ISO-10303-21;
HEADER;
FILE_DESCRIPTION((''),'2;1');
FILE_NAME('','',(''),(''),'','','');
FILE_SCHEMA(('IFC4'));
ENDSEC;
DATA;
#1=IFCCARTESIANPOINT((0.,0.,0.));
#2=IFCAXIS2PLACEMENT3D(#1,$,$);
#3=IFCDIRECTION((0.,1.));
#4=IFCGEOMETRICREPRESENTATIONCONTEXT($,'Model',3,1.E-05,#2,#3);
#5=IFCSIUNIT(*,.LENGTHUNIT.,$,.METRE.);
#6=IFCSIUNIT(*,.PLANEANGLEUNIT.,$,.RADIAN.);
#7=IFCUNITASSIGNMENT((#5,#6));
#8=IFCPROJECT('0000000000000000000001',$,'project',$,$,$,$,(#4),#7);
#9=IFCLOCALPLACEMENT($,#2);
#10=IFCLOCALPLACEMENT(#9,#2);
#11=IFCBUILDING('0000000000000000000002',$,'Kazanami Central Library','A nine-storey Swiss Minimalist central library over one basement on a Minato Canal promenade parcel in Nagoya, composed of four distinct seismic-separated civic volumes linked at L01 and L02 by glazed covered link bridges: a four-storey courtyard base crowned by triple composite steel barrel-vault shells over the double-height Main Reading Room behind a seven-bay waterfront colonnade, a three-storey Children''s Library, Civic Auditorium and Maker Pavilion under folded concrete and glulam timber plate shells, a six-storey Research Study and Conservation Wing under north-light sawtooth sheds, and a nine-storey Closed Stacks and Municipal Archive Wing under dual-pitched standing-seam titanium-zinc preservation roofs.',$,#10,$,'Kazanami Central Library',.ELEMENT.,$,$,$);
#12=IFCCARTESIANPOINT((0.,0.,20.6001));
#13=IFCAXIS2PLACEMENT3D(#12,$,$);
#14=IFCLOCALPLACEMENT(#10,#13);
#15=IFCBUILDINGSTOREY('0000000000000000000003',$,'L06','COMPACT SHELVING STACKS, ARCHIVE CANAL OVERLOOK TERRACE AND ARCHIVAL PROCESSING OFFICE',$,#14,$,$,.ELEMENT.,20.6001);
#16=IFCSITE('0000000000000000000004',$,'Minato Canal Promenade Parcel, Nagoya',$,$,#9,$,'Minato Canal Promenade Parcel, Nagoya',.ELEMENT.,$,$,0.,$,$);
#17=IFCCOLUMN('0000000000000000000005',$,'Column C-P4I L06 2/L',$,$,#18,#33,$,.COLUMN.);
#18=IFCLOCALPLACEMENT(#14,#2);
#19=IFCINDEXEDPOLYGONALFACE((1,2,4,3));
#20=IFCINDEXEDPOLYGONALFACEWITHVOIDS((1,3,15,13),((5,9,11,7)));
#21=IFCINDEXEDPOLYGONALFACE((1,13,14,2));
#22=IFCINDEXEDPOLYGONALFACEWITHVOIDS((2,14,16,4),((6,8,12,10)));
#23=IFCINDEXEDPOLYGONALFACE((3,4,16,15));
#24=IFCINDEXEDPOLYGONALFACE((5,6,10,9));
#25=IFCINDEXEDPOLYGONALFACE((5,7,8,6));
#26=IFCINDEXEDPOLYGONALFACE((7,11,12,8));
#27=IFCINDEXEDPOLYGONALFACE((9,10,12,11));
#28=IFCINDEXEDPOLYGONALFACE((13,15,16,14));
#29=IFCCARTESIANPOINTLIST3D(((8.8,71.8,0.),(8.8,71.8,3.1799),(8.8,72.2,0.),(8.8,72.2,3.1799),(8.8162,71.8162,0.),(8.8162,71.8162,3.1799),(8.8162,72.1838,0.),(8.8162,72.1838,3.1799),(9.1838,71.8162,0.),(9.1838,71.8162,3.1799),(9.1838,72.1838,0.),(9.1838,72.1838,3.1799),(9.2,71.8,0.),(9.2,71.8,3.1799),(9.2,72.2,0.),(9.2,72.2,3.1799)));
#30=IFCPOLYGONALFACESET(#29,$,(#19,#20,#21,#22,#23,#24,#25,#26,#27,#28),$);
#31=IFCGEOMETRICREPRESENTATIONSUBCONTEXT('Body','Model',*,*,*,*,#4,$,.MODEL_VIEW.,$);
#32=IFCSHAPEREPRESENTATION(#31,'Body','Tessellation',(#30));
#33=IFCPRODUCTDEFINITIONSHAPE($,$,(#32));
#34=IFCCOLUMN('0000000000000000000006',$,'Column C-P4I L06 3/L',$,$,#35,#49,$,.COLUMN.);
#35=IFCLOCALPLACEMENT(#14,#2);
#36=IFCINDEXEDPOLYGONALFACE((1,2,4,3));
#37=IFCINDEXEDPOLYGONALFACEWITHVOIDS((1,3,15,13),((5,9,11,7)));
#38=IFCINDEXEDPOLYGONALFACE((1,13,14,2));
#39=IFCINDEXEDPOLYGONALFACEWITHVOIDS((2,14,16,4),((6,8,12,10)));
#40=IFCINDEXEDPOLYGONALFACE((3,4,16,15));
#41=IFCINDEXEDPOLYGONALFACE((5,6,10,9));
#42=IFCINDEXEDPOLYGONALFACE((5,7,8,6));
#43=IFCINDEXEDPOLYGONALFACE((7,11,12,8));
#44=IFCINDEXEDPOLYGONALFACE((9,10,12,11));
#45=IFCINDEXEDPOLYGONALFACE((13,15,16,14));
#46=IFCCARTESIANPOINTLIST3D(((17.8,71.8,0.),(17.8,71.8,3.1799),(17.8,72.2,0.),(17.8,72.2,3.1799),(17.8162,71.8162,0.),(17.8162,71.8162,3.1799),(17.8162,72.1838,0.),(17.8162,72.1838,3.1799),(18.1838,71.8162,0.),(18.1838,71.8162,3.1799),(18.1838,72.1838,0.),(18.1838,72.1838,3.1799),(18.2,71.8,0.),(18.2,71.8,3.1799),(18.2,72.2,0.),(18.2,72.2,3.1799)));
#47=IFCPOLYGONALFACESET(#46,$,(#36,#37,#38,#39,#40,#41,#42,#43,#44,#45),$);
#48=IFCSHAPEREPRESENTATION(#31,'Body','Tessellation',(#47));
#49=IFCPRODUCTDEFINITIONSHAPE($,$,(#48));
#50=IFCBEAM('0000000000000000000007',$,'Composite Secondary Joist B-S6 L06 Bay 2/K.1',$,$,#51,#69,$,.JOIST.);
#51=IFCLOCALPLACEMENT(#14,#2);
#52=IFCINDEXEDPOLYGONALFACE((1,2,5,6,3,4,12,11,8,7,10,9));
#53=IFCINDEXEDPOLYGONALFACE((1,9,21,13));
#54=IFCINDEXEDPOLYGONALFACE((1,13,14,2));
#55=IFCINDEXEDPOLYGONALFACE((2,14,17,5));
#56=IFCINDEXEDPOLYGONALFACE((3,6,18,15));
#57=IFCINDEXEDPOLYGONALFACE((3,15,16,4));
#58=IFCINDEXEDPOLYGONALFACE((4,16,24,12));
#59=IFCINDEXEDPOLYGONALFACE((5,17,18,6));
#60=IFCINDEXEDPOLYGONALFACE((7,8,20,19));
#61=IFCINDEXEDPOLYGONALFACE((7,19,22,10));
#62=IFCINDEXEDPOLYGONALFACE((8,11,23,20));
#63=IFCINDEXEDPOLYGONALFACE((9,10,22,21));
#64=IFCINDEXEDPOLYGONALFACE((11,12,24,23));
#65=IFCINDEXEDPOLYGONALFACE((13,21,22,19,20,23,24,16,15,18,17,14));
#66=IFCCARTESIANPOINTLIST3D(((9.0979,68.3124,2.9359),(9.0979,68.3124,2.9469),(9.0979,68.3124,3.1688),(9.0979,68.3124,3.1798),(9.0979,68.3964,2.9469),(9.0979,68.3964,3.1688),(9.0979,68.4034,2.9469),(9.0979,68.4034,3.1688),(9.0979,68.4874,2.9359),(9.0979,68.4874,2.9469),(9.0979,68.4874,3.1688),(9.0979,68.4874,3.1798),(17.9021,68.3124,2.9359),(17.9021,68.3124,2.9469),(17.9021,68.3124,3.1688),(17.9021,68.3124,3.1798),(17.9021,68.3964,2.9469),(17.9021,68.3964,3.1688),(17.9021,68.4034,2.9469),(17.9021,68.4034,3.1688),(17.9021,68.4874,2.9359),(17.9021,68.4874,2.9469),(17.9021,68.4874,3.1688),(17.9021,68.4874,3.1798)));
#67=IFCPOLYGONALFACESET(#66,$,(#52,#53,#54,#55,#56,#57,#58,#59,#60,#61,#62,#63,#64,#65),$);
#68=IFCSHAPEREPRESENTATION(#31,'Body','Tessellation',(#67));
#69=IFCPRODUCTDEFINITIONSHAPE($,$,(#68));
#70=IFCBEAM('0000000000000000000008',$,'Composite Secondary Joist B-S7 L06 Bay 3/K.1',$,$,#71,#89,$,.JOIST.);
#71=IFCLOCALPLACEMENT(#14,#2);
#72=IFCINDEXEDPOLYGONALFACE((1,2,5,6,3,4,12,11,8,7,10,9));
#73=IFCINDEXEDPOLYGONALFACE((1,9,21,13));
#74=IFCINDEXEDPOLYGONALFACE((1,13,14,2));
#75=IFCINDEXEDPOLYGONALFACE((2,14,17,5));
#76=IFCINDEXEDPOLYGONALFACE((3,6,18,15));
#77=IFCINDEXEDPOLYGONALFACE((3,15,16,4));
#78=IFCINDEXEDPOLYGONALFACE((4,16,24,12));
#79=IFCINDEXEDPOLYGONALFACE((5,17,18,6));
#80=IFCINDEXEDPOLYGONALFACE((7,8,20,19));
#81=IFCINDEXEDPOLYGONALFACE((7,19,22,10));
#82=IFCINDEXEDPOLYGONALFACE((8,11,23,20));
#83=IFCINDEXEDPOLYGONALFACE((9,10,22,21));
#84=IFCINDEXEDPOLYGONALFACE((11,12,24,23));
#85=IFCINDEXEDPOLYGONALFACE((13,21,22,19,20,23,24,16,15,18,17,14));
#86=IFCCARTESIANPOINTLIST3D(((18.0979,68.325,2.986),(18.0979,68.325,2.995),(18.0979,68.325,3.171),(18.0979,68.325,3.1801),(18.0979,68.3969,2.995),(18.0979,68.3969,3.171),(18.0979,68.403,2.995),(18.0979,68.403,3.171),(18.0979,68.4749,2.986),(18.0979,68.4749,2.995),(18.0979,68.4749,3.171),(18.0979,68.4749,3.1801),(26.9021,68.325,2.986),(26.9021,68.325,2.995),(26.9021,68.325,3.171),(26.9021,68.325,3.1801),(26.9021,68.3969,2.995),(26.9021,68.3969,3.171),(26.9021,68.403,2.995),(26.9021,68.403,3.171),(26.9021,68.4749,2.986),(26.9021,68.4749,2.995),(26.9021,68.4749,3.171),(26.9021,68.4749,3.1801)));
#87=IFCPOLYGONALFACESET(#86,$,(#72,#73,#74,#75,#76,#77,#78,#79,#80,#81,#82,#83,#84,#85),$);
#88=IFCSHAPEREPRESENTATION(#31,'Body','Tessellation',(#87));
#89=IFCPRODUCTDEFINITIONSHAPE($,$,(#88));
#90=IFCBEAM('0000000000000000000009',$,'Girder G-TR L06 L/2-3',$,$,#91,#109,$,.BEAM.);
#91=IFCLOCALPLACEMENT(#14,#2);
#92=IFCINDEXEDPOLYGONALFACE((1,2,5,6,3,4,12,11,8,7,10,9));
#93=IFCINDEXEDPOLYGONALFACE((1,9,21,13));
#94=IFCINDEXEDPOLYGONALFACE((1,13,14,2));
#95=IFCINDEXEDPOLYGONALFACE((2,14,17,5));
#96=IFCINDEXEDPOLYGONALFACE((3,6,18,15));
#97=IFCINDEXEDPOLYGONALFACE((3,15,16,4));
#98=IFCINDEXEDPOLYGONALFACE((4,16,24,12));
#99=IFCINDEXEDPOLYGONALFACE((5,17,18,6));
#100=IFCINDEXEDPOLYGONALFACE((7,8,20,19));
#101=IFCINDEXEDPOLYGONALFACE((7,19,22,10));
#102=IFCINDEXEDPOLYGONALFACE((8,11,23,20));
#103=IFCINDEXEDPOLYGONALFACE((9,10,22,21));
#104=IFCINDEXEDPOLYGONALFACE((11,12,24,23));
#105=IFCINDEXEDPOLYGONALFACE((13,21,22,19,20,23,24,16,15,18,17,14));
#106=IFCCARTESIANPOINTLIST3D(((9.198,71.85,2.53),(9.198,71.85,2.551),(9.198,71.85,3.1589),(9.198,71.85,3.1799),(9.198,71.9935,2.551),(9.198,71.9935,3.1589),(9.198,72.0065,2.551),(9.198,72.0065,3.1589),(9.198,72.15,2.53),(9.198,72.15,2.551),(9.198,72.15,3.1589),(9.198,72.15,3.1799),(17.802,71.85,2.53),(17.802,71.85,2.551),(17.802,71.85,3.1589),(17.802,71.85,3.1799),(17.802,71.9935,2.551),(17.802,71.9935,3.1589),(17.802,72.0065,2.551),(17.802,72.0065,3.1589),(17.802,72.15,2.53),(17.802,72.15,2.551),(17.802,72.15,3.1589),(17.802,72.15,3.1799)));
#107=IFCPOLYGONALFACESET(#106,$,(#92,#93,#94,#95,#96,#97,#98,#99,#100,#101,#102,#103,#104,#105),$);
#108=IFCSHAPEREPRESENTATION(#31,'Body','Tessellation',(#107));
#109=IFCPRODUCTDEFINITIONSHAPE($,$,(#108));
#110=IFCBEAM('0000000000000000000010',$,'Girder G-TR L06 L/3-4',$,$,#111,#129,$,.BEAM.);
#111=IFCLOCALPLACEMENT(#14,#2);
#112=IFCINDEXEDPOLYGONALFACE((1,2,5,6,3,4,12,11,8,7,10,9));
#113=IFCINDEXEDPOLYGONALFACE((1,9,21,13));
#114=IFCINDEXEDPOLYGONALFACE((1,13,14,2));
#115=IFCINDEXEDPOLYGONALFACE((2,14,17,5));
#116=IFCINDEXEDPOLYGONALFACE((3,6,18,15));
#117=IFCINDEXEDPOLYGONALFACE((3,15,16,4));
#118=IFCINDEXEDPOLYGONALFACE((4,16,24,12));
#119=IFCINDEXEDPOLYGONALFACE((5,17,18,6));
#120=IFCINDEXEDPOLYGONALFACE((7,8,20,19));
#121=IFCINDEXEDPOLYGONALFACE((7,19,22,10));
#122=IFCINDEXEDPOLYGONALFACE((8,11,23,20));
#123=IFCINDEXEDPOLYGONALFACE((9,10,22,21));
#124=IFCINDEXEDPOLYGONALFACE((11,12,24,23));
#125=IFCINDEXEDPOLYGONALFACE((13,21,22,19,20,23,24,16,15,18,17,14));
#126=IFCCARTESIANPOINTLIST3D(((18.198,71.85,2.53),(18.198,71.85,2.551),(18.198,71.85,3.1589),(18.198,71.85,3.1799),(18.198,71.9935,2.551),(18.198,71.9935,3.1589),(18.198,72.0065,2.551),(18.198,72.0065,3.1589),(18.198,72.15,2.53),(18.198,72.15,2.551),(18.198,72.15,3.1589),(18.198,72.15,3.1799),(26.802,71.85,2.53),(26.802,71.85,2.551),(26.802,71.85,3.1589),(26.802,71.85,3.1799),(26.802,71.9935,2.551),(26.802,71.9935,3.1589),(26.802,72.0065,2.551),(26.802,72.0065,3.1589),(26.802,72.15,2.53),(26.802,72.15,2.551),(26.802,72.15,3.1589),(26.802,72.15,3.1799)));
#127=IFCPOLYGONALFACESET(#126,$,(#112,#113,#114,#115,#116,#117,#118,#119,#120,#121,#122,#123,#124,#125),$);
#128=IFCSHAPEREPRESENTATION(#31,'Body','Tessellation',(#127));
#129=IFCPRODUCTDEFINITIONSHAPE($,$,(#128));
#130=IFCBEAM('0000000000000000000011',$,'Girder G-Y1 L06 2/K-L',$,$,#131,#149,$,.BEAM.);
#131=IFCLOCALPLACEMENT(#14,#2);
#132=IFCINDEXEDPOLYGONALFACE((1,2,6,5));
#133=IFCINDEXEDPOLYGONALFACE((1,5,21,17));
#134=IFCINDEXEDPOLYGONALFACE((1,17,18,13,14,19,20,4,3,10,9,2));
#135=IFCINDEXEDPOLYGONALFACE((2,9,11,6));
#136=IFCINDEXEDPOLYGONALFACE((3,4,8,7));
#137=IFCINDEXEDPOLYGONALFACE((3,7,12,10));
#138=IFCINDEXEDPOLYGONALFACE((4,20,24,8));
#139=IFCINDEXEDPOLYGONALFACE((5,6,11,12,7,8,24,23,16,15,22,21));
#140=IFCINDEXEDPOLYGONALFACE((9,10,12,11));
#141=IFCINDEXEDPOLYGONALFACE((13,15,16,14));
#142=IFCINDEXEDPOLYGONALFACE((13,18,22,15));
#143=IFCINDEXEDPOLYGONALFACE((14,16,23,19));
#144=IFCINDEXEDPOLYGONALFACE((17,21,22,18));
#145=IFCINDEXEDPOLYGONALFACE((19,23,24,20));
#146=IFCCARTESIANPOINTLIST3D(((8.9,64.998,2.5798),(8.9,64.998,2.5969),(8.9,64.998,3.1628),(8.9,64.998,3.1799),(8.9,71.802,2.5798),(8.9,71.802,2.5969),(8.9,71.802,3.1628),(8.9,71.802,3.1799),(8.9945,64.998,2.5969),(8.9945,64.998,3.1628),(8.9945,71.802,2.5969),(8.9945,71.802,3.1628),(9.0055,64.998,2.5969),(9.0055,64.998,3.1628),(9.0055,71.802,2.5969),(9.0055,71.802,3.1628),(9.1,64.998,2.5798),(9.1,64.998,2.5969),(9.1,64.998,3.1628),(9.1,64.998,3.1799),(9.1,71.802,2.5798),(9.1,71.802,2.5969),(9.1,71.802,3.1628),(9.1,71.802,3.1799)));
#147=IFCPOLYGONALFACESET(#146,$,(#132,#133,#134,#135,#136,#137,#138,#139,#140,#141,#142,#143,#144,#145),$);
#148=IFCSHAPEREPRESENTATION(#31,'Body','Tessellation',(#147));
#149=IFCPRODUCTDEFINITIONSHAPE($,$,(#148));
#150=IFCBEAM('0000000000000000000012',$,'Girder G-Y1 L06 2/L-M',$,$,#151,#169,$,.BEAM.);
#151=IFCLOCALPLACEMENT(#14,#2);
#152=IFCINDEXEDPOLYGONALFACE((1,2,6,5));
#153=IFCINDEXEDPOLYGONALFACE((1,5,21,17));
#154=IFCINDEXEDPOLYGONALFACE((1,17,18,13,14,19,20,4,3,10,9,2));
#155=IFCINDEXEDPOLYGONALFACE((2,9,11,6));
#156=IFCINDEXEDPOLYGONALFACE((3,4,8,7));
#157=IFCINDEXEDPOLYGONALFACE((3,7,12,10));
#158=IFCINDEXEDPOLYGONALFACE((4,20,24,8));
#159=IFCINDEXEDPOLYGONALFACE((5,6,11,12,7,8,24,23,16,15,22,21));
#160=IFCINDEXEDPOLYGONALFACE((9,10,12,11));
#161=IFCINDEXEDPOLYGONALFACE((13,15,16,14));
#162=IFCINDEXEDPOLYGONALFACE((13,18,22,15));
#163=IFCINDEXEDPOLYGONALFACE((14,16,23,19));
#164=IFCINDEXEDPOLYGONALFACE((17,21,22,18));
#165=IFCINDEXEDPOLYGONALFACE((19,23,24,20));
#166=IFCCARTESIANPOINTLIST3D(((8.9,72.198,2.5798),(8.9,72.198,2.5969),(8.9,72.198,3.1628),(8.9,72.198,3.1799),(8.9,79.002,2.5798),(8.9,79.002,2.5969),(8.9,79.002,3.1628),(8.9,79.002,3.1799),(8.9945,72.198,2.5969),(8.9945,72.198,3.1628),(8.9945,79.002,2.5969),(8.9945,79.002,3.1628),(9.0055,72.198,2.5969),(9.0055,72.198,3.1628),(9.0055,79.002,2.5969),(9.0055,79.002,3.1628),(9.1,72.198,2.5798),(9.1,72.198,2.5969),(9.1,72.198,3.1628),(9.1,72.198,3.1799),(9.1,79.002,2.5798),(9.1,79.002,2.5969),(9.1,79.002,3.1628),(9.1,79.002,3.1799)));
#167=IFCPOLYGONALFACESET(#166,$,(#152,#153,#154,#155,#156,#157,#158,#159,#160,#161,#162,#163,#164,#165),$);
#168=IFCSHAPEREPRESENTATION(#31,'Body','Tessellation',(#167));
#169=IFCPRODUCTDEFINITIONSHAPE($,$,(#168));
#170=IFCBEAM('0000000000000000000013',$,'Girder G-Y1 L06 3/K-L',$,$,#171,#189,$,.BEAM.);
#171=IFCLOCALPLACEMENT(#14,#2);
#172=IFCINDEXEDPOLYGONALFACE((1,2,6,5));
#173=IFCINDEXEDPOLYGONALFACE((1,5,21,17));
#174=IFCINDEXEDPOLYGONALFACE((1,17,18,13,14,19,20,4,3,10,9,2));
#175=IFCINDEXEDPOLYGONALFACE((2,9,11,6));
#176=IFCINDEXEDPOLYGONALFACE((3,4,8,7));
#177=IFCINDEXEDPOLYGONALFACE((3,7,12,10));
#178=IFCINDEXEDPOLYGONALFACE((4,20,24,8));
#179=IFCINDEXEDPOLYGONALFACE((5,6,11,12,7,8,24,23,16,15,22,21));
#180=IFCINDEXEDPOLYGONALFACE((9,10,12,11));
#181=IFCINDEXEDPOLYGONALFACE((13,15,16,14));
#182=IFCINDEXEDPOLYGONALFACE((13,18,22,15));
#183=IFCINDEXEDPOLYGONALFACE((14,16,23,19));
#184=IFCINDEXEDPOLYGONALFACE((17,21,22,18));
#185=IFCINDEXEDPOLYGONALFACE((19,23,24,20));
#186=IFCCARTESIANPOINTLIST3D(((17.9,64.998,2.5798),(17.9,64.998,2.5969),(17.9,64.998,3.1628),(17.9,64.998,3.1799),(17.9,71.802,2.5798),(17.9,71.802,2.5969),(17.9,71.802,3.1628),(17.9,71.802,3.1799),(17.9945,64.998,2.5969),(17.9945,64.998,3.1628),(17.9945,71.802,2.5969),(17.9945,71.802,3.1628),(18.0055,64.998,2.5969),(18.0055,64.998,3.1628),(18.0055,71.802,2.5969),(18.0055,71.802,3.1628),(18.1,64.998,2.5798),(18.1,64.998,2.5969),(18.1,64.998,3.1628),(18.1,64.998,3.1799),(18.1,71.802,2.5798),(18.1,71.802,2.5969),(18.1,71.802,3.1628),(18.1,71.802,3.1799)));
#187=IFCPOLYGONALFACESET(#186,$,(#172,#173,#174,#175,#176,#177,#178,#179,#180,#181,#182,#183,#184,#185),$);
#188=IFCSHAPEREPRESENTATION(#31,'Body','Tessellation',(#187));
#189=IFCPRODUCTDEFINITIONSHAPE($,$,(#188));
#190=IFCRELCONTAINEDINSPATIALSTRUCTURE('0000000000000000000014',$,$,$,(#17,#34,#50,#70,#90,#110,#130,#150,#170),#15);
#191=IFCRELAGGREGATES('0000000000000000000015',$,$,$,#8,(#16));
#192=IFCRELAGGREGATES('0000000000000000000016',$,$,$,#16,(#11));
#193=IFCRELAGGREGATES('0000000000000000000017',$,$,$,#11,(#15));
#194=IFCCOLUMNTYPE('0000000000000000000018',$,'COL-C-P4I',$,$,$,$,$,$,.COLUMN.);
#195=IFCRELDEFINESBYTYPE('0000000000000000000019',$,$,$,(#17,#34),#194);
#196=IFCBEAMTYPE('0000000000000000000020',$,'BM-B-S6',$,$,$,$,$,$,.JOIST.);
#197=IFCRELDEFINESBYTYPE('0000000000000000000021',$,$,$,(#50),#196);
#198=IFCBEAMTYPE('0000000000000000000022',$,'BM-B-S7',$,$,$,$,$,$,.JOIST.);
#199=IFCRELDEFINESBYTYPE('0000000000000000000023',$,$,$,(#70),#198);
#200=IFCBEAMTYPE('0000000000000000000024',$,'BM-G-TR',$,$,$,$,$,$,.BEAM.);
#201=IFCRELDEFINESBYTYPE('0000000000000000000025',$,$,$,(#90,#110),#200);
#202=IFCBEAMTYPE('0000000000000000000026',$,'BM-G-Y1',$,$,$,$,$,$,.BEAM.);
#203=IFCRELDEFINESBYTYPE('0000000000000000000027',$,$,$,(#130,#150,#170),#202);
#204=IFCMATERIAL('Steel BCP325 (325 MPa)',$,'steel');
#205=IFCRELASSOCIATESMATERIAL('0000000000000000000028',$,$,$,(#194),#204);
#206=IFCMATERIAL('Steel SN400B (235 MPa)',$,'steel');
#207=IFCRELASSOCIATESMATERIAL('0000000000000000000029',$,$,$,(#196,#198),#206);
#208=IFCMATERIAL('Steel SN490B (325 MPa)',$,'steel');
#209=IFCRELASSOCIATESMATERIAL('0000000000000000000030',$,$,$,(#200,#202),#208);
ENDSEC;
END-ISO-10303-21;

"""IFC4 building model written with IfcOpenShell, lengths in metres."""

from ifc_helpers import new_model, si_unit, direction, frame, origin, origin_2d, place, context, subcontext, project, spatial, hollow_rectangle, i_section, extrude, material, material_profile, profile_set, type_object, element, save


model = new_model("IFC4")

# Units and contexts
model_context = context("Model", 3, precision=1e-05, world=origin(), true_north=direction((0.0, 1.0)))
body_context = subcontext(model_context, "Body", "Model", "MODEL_VIEW")
ifc_project = project(units=[si_unit("LENGTHUNIT", "METRE"), si_unit("PLANEANGLEUNIT", "RADIAN")], contexts=[model_context])

# Site, building, storey
site_placement = place(None, origin())
site = spatial("IfcSite", under=ifc_project, at=site_placement, Name="Minato Canal Promenade Parcel, Nagoya", LongName="Minato Canal Promenade Parcel, Nagoya", CompositionType="ELEMENT", RefElevation=0.0)
building_placement = place(site_placement, origin())
building = spatial("IfcBuilding", under=site, at=building_placement, Name="Kazanami Central Library", Description="A nine-storey Swiss Minimalist central library over one basement on a Minato Canal promenade parcel in Nagoya, composed of four distinct seismic-separated civic volumes linked at L01 and L02 by glazed covered link bridges: a four-storey courtyard base crowned by triple composite steel barrel-vault shells over the double-height Main Reading Room behind a seven-bay waterfront colonnade, a three-storey Children's Library, Civic Auditorium and Maker Pavilion under folded concrete and glulam timber plate shells, a six-storey Research Study and Conservation Wing under north-light sawtooth sheds, and a nine-storey Closed Stacks and Municipal Archive Wing under dual-pitched standing-seam titanium-zinc preservation roofs.", LongName="Kazanami Central Library", CompositionType="ELEMENT")
storey_placement = place(building_placement, frame((0.0, 0.0, 20.6001)))
storey = spatial("IfcBuildingStorey", under=building, at=storey_placement, Name="L06", Description="COMPACT SHELVING STACKS, ARCHIVE CANAL OVERLOOK TERRACE AND ARCHIVAL PROCESSING OFFICE", CompositionType="ELEMENT", Elevation=20.6001)

# Columns
ifc_material_1 = material(Name="Steel BCP325 (325 MPa)", Category="steel")
ifc_material_profile_1 = material_profile(ifc_material_1, hollow_rectangle(XDim=0.3999, YDim=0.3999, WallThickness=0.0161, at=origin_2d()), Name="BCP-400x400x16")
ifc_profile_set_1 = profile_set([ifc_material_profile_1], Name="Steel BCP325 (325 MPa)")
column_type = type_object("IfcColumnType", Name="COL-C-P4I", PredefinedType="COLUMN", material=ifc_profile_set_1)
for number, where, z_axis, x_axis, name in (
    (1, (9.0, 72.0, 0.0), (0.0, 0.0, 1.0), (1.0, 0.0, 0.0), "Column C-P4I L06 2/L"),
    (2, (18.0, 72.0, 0.0), (0.0, 0.0, 1.0), (1.0, 0.0, 0.0), "Column C-P4I L06 3/L"),
):
    element("IfcColumn", number, at=place(storey_placement, frame(where, z_axis=z_axis, x_axis=x_axis)), inside=storey, type_object=column_type, Name=name, PredefinedType="COLUMN", context=body_context, shape_type="SweptSolid", body=[
        extrude(hollow_rectangle(XDim=0.3999, YDim=0.3999, WallThickness=0.0161, at=origin_2d()), origin(), (0.0, 0.0, 1.0), 3.1799),
    ])

# Beams
ifc_material_2 = material(Name="Steel SN400B (235 MPa)", Category="steel")
ifc_material_profile_2 = material_profile(ifc_material_2, i_section(OverallWidth=0.175, OverallDepth=0.2439, WebThickness=0.0071, FlangeThickness=0.011, at=origin_2d()), Name="H-244x175x7x11")
ifc_profile_set_2 = profile_set([ifc_material_profile_2], Name="Steel SN400B (235 MPa)")
beam_type_1 = type_object("IfcBeamType", Name="BM-B-S6", PredefinedType="JOIST", material=ifc_profile_set_2)
beam_1_placement = place(storey_placement, frame((9.0979, 68.3999, 3.0579), z_axis=(1.0, 0.0, 0.0), x_axis=(0.0, 1.0, 0.0)))
element("IfcBeam", 3, at=beam_1_placement, inside=storey, type_object=beam_type_1, Name="Composite Secondary Joist B-S6 L06 Bay 2/K.1", PredefinedType="JOIST", context=body_context, shape_type="SweptSolid", body=[
    extrude(i_section(OverallWidth=0.175, OverallDepth=0.2439, WebThickness=0.0071, FlangeThickness=0.011, at=origin_2d()), origin(), (0.0, 0.0, 1.0), 8.8042),
])
ifc_material_profile_3 = material_profile(ifc_material_2, i_section(OverallWidth=0.1499, OverallDepth=0.1941, WebThickness=0.0061, FlangeThickness=0.009, at=origin_2d()), Name="H-194x150x6x9")
ifc_profile_set_3 = profile_set([ifc_material_profile_3], Name="Steel SN400B (235 MPa)")
beam_type_2 = type_object("IfcBeamType", Name="BM-B-S7", PredefinedType="JOIST", material=ifc_profile_set_3)
beam_2_placement = place(storey_placement, frame((18.0979, 68.3999, 3.083), z_axis=(1.0, 0.0, 0.0), x_axis=(0.0, 1.0, 0.0)))
element("IfcBeam", 4, at=beam_2_placement, inside=storey, type_object=beam_type_2, Name="Composite Secondary Joist B-S7 L06 Bay 3/K.1", PredefinedType="JOIST", context=body_context, shape_type="SweptSolid", body=[
    extrude(i_section(OverallWidth=0.1499, OverallDepth=0.1941, WebThickness=0.0061, FlangeThickness=0.009, at=origin_2d()), origin(), (0.0, 0.0, 1.0), 8.8042),
])
ifc_material_3 = material(Name="Steel SN490B (325 MPa)", Category="steel")
ifc_material_profile_4 = material_profile(ifc_material_3, i_section(OverallWidth=0.3, OverallDepth=0.6499, WebThickness=0.0129, FlangeThickness=0.021, at=origin_2d()), Name="H-650x300x13x21")
ifc_profile_set_4 = profile_set([ifc_material_profile_4], Name="Steel SN490B (325 MPa)")
beam_type_3 = type_object("IfcBeamType", Name="BM-G-TR", PredefinedType="BEAM", material=ifc_profile_set_4)
for number, where, z_axis, x_axis, name in (
    (5, (9.198, 72.0, 2.855), (1.0, 0.0, 0.0), (0.0, 1.0, 0.0), "Girder G-TR L06 L/2-3"),
    (6, (18.198, 72.0, 2.855), (1.0, 0.0, 0.0), (0.0, 1.0, 0.0), "Girder G-TR L06 L/3-4"),
):
    element("IfcBeam", number, at=place(storey_placement, frame(where, z_axis=z_axis, x_axis=x_axis)), inside=storey, type_object=beam_type_3, Name=name, PredefinedType="BEAM", context=body_context, shape_type="SweptSolid", body=[
        extrude(i_section(OverallWidth=0.3, OverallDepth=0.6499, WebThickness=0.0129, FlangeThickness=0.021, at=origin_2d()), origin(), (0.0, 0.0, 1.0), 8.604),
    ])
ifc_material_profile_5 = material_profile(ifc_material_3, i_section(OverallWidth=0.2, OverallDepth=0.6001, WebThickness=0.011, FlangeThickness=0.0171, at=origin_2d()), Name="H-600x200x11x17")
ifc_profile_set_5 = profile_set([ifc_material_profile_5], Name="Steel SN490B (325 MPa)")
beam_type_4 = type_object("IfcBeamType", Name="BM-G-Y1", PredefinedType="BEAM", material=ifc_profile_set_5)
for number, where, z_axis, x_axis, name in (
    (7, (9.0, 64.998, 2.8799), (0.0, 1.0, 0.0), (-1.0, 0.0, 0.0), "Girder G-Y1 L06 2/K-L"),
    (8, (9.0, 72.198, 2.8799), (0.0, 1.0, 0.0), (-1.0, 0.0, 0.0), "Girder G-Y1 L06 2/L-M"),
    (9, (18.0, 64.998, 2.8799), (0.0, 1.0, 0.0), (-1.0, 0.0, 0.0), "Girder G-Y1 L06 3/K-L"),
):
    element("IfcBeam", number, at=place(storey_placement, frame(where, z_axis=z_axis, x_axis=x_axis)), inside=storey, type_object=beam_type_4, Name=name, PredefinedType="BEAM", context=body_context, shape_type="SweptSolid", body=[
        extrude(i_section(OverallWidth=0.2, OverallDepth=0.6001, WebThickness=0.011, FlangeThickness=0.0171, at=origin_2d()), origin(), (0.0, 0.0, 1.0), 6.804),
    ])

save(model, "model.ifc")
